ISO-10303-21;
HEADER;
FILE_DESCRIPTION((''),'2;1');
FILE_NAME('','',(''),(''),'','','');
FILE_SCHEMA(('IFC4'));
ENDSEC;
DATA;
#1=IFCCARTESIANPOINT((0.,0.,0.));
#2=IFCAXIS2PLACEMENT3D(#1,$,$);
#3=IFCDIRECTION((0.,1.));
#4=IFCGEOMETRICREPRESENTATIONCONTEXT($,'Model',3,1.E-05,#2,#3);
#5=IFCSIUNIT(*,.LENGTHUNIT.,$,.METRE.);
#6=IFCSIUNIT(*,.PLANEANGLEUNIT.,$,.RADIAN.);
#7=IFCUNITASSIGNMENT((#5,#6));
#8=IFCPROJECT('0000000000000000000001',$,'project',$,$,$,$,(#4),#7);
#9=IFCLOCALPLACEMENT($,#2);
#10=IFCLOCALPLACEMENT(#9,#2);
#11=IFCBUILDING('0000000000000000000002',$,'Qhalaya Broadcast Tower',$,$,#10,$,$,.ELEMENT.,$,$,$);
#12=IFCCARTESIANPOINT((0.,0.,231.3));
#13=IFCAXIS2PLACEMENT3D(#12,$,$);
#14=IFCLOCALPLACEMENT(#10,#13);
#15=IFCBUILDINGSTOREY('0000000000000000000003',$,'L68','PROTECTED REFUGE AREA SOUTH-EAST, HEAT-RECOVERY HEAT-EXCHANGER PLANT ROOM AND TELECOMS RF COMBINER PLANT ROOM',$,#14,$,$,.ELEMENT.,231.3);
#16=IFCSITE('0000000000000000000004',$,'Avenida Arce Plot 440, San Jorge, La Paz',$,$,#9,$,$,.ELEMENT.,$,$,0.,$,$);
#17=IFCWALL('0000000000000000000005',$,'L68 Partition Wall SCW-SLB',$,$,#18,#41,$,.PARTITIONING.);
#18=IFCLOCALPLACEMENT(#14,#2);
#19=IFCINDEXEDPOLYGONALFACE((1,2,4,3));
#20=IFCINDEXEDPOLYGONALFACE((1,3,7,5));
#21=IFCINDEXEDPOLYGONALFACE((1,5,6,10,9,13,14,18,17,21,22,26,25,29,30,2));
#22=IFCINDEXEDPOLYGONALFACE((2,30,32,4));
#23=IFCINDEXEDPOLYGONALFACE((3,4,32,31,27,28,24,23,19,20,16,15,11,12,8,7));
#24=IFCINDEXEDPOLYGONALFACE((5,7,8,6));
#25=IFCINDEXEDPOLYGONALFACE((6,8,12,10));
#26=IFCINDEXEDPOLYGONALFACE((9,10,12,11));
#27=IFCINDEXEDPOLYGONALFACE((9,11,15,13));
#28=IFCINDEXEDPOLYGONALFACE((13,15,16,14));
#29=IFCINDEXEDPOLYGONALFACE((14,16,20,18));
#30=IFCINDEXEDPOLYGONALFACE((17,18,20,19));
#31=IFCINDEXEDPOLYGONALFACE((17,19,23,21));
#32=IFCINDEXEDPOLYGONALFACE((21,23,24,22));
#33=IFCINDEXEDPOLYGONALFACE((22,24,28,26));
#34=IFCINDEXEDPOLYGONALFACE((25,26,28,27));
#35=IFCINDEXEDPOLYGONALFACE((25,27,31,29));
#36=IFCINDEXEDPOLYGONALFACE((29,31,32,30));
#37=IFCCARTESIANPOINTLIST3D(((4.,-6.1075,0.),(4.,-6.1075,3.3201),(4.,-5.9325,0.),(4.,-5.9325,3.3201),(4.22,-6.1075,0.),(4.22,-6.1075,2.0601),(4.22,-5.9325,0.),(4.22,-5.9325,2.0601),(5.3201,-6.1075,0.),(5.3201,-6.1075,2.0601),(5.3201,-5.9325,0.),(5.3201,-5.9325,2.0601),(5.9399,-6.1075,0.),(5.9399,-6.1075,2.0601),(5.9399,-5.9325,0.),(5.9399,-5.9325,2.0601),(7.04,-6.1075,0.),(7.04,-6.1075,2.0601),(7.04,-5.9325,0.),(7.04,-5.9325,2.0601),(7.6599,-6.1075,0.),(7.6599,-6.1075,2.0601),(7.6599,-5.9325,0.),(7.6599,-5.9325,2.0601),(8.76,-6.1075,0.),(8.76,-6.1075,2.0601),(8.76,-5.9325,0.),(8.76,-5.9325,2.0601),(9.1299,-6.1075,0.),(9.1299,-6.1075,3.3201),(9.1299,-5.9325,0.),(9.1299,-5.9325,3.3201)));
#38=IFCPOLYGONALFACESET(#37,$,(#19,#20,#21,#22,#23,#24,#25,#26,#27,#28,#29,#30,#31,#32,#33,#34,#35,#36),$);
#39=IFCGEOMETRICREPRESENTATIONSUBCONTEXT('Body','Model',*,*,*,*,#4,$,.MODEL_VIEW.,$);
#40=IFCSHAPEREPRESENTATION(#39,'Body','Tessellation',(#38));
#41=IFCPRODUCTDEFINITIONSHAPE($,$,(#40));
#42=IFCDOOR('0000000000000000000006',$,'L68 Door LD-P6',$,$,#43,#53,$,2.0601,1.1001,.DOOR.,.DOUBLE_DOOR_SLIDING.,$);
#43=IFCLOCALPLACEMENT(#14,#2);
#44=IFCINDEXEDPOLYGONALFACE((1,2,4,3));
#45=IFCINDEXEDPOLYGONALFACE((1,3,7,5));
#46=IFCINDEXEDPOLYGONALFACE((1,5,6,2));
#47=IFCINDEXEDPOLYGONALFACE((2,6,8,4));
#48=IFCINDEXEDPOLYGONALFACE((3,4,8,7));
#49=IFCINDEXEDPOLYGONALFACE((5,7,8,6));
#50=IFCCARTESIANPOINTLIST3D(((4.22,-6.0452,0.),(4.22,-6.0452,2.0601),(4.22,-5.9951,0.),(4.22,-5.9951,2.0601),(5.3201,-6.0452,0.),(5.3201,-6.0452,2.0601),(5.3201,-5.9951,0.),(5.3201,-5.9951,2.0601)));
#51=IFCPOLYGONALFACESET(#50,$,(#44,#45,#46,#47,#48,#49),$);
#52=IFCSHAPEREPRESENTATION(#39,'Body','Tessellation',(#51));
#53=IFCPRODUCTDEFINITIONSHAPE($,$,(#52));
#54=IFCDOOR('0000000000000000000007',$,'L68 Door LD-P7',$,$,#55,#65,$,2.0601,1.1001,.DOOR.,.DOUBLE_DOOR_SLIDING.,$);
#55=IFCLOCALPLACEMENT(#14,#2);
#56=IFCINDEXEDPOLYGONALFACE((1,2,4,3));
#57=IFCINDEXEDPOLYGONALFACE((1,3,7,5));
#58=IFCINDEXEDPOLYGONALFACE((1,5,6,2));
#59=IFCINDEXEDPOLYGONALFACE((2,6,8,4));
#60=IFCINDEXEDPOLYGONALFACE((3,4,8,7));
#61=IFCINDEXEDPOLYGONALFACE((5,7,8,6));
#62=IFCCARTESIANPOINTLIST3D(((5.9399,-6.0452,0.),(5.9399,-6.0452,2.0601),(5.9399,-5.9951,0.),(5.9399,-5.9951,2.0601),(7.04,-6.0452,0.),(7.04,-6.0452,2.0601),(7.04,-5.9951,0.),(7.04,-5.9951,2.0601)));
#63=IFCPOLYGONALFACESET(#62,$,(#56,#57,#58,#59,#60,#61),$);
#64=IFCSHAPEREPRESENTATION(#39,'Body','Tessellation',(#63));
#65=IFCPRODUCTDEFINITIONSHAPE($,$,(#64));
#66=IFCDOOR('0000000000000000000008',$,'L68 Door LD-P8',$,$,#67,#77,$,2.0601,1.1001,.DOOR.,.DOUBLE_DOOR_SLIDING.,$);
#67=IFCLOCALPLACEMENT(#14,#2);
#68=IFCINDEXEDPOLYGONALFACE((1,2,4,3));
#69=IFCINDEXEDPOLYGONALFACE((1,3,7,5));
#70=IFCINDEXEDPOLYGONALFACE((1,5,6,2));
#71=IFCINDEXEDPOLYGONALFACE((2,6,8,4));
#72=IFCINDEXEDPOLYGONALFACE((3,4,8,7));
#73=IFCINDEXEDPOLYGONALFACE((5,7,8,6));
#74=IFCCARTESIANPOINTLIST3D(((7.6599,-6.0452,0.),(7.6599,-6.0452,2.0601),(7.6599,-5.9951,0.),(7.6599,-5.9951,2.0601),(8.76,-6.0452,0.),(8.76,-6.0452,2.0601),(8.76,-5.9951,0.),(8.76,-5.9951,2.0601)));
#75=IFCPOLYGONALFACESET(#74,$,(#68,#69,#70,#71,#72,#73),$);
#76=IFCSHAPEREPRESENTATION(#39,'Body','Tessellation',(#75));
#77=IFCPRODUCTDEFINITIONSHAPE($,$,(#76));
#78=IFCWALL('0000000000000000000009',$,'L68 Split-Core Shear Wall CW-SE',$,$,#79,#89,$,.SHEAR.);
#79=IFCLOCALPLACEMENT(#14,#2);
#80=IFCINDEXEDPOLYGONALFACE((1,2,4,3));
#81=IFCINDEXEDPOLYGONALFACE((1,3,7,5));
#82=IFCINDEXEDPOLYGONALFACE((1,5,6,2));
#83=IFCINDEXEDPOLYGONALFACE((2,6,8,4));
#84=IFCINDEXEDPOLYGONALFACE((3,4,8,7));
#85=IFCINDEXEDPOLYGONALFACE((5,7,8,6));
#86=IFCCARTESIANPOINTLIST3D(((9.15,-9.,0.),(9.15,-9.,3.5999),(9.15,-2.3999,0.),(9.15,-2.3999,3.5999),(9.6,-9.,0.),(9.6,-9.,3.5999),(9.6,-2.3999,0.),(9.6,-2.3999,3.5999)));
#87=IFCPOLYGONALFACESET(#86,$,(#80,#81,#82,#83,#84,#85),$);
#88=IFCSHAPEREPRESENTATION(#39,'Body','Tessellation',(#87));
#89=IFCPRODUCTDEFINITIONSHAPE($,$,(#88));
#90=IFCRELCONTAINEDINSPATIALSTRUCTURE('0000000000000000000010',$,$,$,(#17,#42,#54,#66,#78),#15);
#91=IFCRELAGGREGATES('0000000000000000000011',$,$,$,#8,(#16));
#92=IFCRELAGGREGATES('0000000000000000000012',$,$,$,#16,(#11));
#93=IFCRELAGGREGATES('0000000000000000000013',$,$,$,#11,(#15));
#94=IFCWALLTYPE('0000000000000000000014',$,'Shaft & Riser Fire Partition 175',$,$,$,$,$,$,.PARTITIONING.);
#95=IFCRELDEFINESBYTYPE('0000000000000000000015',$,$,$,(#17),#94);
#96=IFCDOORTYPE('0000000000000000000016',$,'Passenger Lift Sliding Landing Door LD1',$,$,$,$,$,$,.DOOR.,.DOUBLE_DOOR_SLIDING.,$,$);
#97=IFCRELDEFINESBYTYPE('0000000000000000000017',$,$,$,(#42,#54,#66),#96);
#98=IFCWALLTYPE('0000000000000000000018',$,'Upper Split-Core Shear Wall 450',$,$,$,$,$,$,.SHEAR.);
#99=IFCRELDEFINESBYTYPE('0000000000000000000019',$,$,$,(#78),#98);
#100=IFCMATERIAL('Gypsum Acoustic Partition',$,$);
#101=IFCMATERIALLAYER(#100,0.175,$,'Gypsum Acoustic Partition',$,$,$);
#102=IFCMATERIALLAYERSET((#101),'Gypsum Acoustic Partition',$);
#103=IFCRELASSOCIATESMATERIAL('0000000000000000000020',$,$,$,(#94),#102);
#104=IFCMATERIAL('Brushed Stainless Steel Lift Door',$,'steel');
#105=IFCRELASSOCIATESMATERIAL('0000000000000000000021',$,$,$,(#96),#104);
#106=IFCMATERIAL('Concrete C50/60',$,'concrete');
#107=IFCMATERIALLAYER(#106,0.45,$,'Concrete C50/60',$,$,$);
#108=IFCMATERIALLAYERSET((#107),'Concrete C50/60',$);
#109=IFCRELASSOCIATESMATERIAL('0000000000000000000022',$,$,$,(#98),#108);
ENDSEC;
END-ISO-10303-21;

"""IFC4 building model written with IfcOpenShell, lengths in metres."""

from ifc_helpers import new_model, si_unit, direction, frame, frame_2d, origin, place, context, subcontext, project, spatial, rectangle, extrude, material, layer, layer_set, type_object, element, fill, save


model = new_model("IFC4")

# Units and contexts
model_context = context("Model", 3, precision=1e-05, world=origin(), true_north=direction((0.0, 1.0)))
body_context = subcontext(model_context, "Body", "Model", "MODEL_VIEW")
ifc_project = project(units=[si_unit("LENGTHUNIT", "METRE"), si_unit("PLANEANGLEUNIT", "RADIAN")], contexts=[model_context])

# Site, building, storey
site_placement = place(None, origin())
site = spatial("IfcSite", under=ifc_project, at=site_placement, Name="Avenida Arce Plot 440, San Jorge, La Paz", CompositionType="ELEMENT", RefElevation=0.0)
building_placement = place(site_placement, origin())
building = spatial("IfcBuilding", under=site, at=building_placement, Name="Qhalaya Broadcast Tower", CompositionType="ELEMENT")
storey_placement = place(building_placement, frame((0.0, 0.0, 231.3)))
storey = spatial("IfcBuildingStorey", under=building, at=storey_placement, Name="L68", Description="PROTECTED REFUGE AREA SOUTH-EAST, HEAT-RECOVERY HEAT-EXCHANGER PLANT ROOM AND TELECOMS RF COMBINER PLANT ROOM", CompositionType="ELEMENT", Elevation=231.3)

# Shared definitions
ifc_material_1 = material(Name="Concrete C50/60", Category="concrete")

# Shared definitions
ifc_material_2 = material(Name="Gypsum Acoustic Partition")

# Wall, openings, doors
ifc_layer_1 = layer(ifc_material_2, 0.175, Name="Gypsum Acoustic Partition")
ifc_layer_set_1 = layer_set([ifc_layer_1], Name="Gypsum Acoustic Partition")
wall_type_1 = type_object("IfcWallType", Name="Shaft & Riser Fire Partition 175", PredefinedType="PARTITIONING", material=ifc_layer_set_1)
wall_1_placement = place(storey_placement, frame((4.0, -6.02, 0.0), z_axis=(0.0, 0.0, 1.0), x_axis=(1.0, 0.0, 0.0)))
wall_1 = element("IfcWall", 1, at=wall_1_placement, inside=storey, type_object=wall_type_1, Name="L68 Partition Wall SCW-SLB", PredefinedType="PARTITIONING", context=body_context, shape_type="SweptSolid", body=[
    extrude(rectangle(XDim=5.1299, YDim=0.175, at=frame_2d((2.5649, 0.0))), origin(), (0.0, 0.0, 1.0), 3.3201),
])
opening_1_placement = place(wall_1_placement, frame((0.22, 0.0, 0.0)))
opening_1 = element("IfcOpeningElement", 2, at=opening_1_placement, cuts=wall_1, PredefinedType="OPENING", context=body_context, shape_type="SweptSolid", body=[
    extrude(rectangle(XDim=1.1001, YDim=2.0601, at=frame_2d((0.55, 1.03))), frame((0.0, 0.0996, 0.0), z_axis=(0.0, -1.0, 0.0), x_axis=(1.0, 0.0, 0.0)), (0.0, 0.0, 1.0), 0.199),
])
opening_2_placement = place(wall_1_placement, frame((1.9399, 0.0, 0.0)))
opening_2 = element("IfcOpeningElement", 3, at=opening_2_placement, cuts=wall_1, PredefinedType="OPENING", context=body_context, shape_type="SweptSolid", body=[
    extrude(rectangle(XDim=1.1001, YDim=2.0601, at=frame_2d((0.55, 1.03))), frame((0.0, 0.0996, 0.0), z_axis=(0.0, -1.0, 0.0), x_axis=(1.0, 0.0, 0.0)), (0.0, 0.0, 1.0), 0.199),
])
opening_3_placement = place(wall_1_placement, frame((3.6599, 0.0, 0.0)))
opening_3 = element("IfcOpeningElement", 4, at=opening_3_placement, cuts=wall_1, PredefinedType="OPENING", context=body_context, shape_type="SweptSolid", body=[
    extrude(rectangle(XDim=1.1001, YDim=2.0601, at=frame_2d((0.55, 1.03))), frame((0.0, 0.0996, 0.0), z_axis=(0.0, -1.0, 0.0), x_axis=(1.0, 0.0, 0.0)), (0.0, 0.0, 1.0), 0.199),
])
ifc_material_3 = material(Name="Brushed Stainless Steel Lift Door", Category="steel")
door_type = type_object("IfcDoorType", Name="Passenger Lift Sliding Landing Door LD1", OperationType="DOUBLE_DOOR_SLIDING", PredefinedType="DOOR", material=ifc_material_3)
door_1_placement = place(opening_1_placement, origin())
door_1 = element("IfcDoor", 5, at=door_1_placement, inside=storey, type_object=door_type, Name="L68 Door LD-P6", OperationType="DOUBLE_DOOR_SLIDING", OverallHeight=2.0601, OverallWidth=1.1001, PredefinedType="DOOR", context=body_context, shape_type="SweptSolid", body=[
    extrude(rectangle(XDim=1.1001, YDim=2.0601, at=frame_2d((0.55, 1.03))), frame((0.0, 0.0249, 0.0), z_axis=(0.0, -1.0, 0.0), x_axis=(1.0, 0.0, 0.0)), (0.0, 0.0, 1.0), 0.05),
])
fill(opening_1, door_1)
door_2_placement = place(opening_2_placement, origin())
door_2 = element("IfcDoor", 6, at=door_2_placement, inside=storey, type_object=door_type, Name="L68 Door LD-P7", OperationType="DOUBLE_DOOR_SLIDING", OverallHeight=2.0601, OverallWidth=1.1001, PredefinedType="DOOR", context=body_context, shape_type="SweptSolid", body=[
    extrude(rectangle(XDim=1.1001, YDim=2.0601, at=frame_2d((0.55, 1.03))), frame((0.0, 0.0249, 0.0), z_axis=(0.0, -1.0, 0.0), x_axis=(1.0, 0.0, 0.0)), (0.0, 0.0, 1.0), 0.05),
])
fill(opening_2, door_2)
door_3_placement = place(opening_3_placement, origin())
door_3 = element("IfcDoor", 7, at=door_3_placement, inside=storey, type_object=door_type, Name="L68 Door LD-P8", OperationType="DOUBLE_DOOR_SLIDING", OverallHeight=2.0601, OverallWidth=1.1001, PredefinedType="DOOR", context=body_context, shape_type="SweptSolid", body=[
    extrude(rectangle(XDim=1.1001, YDim=2.0601, at=frame_2d((0.55, 1.03))), frame((0.0, 0.0249, 0.0), z_axis=(0.0, -1.0, 0.0), x_axis=(1.0, 0.0, 0.0)), (0.0, 0.0, 1.0), 0.05),
])
fill(opening_3, door_3)

# Wall
ifc_layer_2 = layer(ifc_material_1, 0.45, Name="Concrete C50/60")
ifc_layer_set_2 = layer_set([ifc_layer_2], Name="Concrete C50/60")
wall_type_2 = type_object("IfcWallType", Name="Upper Split-Core Shear Wall 450", PredefinedType="SHEAR", material=ifc_layer_set_2)
wall_2_placement = place(storey_placement, frame((9.375, -9.0, 0.0), z_axis=(0.0, 0.0, 1.0), x_axis=(0.0, 1.0, 0.0)))
element("IfcWall", 8, at=wall_2_placement, inside=storey, type_object=wall_type_2, Name="L68 Split-Core Shear Wall CW-SE", PredefinedType="SHEAR", context=body_context, shape_type="SweptSolid", body=[
    extrude(rectangle(XDim=6.6001, YDim=0.45, at=frame_2d((3.3, 0.0))), origin(), (0.0, 0.0, 1.0), 3.5999),
])

save(model, "model.ifc")
